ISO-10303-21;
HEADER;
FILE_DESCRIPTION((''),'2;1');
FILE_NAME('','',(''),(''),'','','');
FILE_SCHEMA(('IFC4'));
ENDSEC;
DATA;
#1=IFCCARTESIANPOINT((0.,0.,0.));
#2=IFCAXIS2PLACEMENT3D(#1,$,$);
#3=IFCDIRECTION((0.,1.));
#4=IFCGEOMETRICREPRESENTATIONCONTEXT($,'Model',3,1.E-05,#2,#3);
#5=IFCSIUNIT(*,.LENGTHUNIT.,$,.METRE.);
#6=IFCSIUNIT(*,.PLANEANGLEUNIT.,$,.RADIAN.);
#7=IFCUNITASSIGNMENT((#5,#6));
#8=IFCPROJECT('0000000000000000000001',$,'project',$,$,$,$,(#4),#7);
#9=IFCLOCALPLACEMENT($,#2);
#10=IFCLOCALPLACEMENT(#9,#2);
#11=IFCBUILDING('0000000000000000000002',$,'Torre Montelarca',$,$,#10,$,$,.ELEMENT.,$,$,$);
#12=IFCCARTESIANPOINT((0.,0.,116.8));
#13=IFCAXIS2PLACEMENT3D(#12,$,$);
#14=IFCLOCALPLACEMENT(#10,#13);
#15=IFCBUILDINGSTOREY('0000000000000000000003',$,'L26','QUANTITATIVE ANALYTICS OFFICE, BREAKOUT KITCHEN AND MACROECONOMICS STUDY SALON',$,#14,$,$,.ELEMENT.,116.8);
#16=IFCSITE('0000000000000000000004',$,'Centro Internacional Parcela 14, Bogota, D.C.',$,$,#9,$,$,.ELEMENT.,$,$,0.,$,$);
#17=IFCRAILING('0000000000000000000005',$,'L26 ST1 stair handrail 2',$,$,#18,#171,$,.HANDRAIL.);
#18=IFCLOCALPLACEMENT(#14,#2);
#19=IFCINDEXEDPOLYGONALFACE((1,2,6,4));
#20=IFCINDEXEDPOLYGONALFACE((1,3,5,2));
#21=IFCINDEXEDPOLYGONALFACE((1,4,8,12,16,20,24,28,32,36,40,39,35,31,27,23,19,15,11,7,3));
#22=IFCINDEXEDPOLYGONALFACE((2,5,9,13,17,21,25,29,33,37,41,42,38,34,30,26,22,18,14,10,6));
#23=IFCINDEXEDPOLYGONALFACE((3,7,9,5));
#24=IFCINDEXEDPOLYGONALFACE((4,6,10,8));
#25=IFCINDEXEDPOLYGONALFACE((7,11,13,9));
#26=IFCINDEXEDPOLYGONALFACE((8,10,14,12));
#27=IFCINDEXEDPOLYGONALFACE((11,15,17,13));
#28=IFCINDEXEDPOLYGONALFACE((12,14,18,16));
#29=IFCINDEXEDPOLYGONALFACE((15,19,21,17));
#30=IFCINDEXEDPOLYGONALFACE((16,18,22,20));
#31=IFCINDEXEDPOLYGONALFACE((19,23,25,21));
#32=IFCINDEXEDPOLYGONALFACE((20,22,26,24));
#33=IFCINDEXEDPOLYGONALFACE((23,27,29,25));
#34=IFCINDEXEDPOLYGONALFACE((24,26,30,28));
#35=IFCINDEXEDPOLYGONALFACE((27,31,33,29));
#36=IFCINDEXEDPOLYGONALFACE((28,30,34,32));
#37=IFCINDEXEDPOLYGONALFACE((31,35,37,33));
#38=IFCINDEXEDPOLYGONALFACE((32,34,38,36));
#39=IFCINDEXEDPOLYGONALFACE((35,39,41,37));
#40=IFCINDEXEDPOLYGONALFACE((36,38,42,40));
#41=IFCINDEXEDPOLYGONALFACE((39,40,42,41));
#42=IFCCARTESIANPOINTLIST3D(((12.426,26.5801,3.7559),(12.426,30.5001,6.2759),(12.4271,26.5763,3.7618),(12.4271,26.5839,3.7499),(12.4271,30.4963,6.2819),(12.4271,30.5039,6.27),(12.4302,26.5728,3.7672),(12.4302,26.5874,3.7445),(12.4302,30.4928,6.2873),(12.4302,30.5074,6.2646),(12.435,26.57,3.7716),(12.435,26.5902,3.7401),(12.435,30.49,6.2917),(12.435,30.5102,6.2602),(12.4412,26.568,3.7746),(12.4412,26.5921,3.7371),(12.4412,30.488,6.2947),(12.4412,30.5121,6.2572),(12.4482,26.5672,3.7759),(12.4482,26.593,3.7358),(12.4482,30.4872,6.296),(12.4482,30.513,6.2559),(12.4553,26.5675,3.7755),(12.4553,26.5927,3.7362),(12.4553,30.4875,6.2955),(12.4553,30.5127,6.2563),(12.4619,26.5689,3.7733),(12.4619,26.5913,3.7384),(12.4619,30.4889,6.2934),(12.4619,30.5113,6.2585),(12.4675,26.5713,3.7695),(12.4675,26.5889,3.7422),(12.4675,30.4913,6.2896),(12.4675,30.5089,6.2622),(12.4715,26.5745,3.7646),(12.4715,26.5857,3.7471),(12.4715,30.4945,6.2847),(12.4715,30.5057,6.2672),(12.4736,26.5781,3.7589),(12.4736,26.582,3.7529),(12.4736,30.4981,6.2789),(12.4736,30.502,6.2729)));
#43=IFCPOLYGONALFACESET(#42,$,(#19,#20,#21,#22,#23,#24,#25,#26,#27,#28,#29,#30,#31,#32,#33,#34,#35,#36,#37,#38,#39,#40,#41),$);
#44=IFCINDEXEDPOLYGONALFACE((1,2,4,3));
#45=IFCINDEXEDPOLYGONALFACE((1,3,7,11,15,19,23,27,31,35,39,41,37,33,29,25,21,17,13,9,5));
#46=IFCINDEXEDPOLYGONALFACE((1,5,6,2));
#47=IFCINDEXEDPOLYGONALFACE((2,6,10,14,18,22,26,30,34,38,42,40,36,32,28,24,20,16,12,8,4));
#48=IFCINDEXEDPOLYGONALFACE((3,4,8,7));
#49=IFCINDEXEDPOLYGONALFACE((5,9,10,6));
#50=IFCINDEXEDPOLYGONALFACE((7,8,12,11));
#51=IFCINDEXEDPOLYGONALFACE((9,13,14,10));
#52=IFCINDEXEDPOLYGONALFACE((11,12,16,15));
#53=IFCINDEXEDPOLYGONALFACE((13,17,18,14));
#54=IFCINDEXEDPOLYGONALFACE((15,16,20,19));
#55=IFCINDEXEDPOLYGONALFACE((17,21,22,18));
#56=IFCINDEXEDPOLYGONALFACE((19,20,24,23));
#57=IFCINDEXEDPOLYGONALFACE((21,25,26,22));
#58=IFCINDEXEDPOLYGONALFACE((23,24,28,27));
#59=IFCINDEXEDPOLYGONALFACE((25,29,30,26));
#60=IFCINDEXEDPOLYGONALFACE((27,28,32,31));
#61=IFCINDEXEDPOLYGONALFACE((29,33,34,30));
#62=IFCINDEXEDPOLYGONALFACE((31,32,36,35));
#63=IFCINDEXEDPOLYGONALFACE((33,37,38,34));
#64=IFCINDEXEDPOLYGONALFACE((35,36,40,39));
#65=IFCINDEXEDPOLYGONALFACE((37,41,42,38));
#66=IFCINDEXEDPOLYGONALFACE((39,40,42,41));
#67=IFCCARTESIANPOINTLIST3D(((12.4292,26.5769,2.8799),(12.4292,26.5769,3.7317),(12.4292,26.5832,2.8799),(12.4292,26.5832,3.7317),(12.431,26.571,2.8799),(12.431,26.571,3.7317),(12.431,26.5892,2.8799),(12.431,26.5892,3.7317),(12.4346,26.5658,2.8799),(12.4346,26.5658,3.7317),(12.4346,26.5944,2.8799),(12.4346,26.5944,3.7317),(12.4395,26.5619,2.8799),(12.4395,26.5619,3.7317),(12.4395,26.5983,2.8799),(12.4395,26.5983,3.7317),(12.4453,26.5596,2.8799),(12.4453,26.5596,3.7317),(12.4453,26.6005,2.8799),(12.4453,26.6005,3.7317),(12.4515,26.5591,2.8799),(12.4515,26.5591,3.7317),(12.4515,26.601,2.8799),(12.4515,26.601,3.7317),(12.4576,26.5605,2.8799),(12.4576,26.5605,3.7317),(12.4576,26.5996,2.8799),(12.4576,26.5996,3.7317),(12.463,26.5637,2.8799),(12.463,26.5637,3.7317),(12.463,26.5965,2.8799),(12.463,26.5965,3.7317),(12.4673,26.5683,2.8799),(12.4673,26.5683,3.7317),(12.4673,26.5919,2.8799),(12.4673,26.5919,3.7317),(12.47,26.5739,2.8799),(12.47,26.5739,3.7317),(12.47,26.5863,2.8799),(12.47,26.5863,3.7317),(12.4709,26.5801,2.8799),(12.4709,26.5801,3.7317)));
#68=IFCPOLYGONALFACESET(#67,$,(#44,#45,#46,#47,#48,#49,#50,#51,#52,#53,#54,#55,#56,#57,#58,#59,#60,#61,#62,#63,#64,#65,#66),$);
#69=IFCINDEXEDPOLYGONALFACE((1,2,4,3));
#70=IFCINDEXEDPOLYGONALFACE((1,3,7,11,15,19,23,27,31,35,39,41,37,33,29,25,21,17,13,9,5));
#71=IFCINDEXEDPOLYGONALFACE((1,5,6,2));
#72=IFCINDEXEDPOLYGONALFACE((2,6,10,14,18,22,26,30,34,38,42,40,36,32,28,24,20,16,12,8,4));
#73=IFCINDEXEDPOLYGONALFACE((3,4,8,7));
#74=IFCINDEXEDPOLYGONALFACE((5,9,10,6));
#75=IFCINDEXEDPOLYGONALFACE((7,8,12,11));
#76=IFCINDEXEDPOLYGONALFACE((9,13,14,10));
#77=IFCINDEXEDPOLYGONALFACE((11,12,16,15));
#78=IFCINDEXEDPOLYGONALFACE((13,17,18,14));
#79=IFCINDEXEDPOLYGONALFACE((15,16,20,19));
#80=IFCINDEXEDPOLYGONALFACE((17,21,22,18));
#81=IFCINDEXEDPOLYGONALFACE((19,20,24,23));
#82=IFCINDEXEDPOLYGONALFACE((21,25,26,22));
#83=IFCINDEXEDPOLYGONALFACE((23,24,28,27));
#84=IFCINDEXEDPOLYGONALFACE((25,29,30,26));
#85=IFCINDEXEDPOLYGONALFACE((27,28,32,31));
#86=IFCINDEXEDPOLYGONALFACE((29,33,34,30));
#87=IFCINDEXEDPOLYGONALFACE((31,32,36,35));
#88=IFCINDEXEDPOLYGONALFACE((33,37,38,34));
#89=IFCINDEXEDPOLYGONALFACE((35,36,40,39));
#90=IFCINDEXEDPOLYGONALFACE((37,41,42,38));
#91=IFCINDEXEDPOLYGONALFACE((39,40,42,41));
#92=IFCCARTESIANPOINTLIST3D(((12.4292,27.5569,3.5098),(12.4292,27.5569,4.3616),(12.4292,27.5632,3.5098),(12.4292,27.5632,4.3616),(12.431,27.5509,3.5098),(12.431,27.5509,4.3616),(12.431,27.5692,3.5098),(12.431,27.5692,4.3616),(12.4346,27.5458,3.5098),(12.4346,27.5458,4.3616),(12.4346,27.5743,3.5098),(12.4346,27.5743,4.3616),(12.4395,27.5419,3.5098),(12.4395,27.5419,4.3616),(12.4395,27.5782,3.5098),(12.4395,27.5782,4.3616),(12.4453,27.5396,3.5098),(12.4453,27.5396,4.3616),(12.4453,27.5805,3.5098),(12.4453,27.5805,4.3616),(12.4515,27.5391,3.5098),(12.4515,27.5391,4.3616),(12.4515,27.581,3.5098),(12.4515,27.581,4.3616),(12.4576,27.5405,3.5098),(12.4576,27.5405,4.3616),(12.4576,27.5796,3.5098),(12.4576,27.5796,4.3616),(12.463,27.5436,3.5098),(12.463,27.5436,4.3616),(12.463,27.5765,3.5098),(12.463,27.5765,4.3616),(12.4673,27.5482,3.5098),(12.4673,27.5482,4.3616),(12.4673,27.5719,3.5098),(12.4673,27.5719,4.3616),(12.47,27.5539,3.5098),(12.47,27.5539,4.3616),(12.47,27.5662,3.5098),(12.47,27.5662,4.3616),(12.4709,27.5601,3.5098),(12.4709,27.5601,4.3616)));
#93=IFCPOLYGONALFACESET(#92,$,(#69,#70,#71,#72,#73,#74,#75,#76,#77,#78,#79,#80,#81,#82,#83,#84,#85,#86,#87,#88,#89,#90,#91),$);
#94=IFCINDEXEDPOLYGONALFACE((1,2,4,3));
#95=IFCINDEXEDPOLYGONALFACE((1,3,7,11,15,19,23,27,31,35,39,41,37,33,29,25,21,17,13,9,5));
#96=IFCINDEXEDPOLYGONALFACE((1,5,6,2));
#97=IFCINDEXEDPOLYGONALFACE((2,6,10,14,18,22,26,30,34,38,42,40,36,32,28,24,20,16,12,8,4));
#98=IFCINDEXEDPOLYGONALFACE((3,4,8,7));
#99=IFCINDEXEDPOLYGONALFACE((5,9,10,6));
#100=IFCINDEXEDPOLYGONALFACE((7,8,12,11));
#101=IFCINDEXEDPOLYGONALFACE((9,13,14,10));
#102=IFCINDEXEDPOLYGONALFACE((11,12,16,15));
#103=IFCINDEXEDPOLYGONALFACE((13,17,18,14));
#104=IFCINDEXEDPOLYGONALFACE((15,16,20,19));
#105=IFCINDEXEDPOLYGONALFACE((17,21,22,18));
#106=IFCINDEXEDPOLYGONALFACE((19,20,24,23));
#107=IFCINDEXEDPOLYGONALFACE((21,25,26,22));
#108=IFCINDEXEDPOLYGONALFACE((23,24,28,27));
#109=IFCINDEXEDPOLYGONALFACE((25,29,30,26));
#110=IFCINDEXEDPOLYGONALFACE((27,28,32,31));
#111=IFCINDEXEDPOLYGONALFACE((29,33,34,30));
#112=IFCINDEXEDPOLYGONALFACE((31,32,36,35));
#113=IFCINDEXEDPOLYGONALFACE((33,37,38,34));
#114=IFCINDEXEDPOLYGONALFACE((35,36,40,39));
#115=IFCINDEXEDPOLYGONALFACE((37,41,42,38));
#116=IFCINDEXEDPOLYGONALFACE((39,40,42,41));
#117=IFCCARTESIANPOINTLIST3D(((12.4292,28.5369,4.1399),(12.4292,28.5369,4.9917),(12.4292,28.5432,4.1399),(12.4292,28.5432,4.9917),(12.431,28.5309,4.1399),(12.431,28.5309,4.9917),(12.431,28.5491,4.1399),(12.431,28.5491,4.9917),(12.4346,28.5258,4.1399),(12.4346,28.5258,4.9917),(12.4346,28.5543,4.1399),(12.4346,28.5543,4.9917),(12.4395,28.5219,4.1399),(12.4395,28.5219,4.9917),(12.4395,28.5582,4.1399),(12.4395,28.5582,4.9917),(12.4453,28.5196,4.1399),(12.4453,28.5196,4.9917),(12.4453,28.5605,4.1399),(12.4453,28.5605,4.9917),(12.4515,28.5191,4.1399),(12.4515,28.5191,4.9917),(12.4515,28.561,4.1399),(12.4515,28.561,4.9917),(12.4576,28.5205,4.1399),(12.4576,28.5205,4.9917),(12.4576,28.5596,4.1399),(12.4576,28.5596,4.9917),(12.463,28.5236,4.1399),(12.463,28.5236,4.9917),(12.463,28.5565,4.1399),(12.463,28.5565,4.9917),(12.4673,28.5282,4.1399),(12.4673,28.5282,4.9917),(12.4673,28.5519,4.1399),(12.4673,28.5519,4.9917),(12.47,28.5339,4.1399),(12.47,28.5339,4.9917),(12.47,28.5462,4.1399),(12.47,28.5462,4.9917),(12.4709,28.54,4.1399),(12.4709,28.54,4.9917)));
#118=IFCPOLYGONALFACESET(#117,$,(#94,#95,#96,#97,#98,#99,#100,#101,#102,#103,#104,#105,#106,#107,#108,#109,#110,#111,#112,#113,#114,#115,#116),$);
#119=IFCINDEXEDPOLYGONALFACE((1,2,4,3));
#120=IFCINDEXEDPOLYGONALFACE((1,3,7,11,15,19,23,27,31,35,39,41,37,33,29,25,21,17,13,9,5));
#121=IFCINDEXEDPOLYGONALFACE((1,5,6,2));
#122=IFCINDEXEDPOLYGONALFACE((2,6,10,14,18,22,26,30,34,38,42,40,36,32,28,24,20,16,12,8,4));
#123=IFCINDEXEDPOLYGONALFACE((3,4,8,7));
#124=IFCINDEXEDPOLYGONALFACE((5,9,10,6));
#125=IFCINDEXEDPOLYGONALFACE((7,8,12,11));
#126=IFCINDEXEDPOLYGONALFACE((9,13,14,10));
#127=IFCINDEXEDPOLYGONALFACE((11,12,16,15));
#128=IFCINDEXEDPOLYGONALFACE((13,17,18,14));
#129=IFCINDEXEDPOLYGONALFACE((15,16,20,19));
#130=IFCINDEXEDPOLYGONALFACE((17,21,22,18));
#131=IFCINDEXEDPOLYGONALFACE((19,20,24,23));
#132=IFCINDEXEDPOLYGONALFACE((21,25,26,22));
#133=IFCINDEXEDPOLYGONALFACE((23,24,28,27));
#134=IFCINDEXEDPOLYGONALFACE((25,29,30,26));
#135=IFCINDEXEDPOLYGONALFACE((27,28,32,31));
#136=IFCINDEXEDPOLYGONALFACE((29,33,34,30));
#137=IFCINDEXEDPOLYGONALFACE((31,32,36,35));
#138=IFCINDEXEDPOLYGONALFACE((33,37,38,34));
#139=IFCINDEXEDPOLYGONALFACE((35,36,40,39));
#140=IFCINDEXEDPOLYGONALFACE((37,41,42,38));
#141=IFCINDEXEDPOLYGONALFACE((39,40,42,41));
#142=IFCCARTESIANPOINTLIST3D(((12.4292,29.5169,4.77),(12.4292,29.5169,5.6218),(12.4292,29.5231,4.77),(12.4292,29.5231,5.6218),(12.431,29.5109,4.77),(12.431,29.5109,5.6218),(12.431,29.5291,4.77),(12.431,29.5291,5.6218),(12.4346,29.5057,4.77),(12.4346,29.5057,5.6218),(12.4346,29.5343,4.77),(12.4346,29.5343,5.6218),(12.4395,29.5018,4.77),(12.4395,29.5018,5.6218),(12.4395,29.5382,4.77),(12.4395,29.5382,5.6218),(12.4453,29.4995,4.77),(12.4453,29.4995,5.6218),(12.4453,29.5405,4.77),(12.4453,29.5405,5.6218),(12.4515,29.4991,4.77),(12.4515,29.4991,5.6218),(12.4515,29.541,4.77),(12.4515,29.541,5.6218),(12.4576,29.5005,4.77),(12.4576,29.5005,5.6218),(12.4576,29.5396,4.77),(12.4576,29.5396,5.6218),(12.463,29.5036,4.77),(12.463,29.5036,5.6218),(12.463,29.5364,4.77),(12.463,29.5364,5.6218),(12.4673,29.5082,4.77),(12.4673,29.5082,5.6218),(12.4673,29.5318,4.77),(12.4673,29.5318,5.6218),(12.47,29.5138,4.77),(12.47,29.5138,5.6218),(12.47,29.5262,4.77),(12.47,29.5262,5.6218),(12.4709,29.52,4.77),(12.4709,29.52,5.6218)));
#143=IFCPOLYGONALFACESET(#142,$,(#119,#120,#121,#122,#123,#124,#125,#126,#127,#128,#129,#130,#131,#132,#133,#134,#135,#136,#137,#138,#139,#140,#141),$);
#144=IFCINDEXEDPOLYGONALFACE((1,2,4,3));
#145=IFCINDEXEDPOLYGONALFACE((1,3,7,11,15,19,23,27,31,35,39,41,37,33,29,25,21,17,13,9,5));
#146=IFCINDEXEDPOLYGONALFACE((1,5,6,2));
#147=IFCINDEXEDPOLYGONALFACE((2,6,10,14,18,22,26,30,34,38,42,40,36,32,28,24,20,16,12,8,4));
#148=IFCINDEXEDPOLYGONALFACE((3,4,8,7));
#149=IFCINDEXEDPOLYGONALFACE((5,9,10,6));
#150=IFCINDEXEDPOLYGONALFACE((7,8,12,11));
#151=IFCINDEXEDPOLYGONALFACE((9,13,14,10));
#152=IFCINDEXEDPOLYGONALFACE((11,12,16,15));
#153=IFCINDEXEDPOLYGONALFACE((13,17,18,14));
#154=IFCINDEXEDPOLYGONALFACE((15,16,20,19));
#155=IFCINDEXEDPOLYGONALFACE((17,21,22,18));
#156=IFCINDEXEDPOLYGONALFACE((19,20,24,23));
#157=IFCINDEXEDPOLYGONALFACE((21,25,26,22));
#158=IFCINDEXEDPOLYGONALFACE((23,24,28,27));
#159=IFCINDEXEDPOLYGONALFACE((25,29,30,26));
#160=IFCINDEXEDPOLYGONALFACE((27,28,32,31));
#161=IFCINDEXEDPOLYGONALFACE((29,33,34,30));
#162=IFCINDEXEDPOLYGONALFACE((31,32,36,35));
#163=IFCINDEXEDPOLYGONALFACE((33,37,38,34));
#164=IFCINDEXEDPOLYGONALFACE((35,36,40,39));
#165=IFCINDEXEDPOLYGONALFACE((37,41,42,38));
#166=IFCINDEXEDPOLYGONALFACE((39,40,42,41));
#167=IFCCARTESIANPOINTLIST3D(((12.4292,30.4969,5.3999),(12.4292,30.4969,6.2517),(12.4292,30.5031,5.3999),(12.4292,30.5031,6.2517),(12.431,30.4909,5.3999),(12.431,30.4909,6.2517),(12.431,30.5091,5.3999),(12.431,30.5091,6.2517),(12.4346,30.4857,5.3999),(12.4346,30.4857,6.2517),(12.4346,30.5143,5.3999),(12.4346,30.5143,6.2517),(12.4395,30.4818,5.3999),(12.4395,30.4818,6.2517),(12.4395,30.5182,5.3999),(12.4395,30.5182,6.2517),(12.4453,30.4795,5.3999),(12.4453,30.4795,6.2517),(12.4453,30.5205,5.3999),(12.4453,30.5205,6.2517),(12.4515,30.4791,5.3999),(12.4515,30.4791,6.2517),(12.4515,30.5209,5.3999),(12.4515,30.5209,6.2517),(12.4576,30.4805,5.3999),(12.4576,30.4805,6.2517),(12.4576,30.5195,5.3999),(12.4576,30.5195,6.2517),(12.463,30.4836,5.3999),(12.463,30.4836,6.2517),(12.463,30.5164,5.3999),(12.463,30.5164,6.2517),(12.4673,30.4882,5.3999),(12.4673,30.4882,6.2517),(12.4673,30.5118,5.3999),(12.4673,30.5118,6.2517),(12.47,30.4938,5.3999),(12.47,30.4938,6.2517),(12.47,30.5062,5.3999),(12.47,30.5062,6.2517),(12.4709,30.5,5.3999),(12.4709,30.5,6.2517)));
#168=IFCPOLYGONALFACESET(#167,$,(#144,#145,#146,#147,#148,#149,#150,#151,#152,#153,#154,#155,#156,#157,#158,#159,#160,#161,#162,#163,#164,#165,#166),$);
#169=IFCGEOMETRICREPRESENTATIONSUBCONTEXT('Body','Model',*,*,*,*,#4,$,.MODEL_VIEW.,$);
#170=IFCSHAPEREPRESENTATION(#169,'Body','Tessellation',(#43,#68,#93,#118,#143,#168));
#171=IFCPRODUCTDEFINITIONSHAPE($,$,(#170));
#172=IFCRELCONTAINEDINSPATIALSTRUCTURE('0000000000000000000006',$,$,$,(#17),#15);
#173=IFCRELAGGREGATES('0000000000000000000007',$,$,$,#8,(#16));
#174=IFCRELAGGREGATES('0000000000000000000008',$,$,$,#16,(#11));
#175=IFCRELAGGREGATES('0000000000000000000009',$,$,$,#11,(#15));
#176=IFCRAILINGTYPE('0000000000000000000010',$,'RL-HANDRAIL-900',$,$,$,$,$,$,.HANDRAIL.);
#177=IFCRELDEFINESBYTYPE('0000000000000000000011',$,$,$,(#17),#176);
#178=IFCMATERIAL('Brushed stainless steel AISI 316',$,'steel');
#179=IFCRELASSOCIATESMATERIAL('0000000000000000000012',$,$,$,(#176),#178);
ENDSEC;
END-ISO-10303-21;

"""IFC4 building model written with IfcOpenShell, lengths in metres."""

from ifc_helpers import new_model, si_unit, direction, frame, origin, origin_2d, place, context, subcontext, project, spatial, circle, extrude, material, type_object, element, save


model = new_model("IFC4")

# Units and contexts
model_context = context("Model", 3, precision=1e-05, world=origin(), true_north=direction((0.0, 1.0)))
body_context = subcontext(model_context, "Body", "Model", "MODEL_VIEW")
ifc_project = project(units=[si_unit("LENGTHUNIT", "METRE"), si_unit("PLANEANGLEUNIT", "RADIAN")], contexts=[model_context])

# Site, building, storey
site_placement = place(None, origin())
site = spatial("IfcSite", under=ifc_project, at=site_placement, Name="Centro Internacional Parcela 14, Bogota, D.C.", CompositionType="ELEMENT", RefElevation=0.0)
building_placement = place(site_placement, origin())
building = spatial("IfcBuilding", under=site, at=building_placement, Name="Torre Montelarca", CompositionType="ELEMENT")
storey_placement = place(building_placement, frame((0.0, 0.0, 116.8)))
storey = spatial("IfcBuildingStorey", under=building, at=storey_placement, Name="L26", Description="QUANTITATIVE ANALYTICS OFFICE, BREAKOUT KITCHEN AND MACROECONOMICS STUDY SALON", CompositionType="ELEMENT", Elevation=116.8)

# Shared definitions
ifc_material_1 = material(Name="Brushed stainless steel AISI 316", Category="steel")

# Railing
railing_type_1 = type_object("IfcRailingType", Name="RL-HANDRAIL-900", PredefinedType="HANDRAIL", material=ifc_material_1)
railing_1_placement = place(storey_placement, frame((12.45, 26.5801, 2.8799)))
element("IfcRailing", 1, at=railing_1_placement, inside=storey, type_object=railing_type_1, Name="L26 ST1 stair handrail 2", PredefinedType="HANDRAIL", context=body_context, shape_type="SweptSolid", body=[
    extrude(circle(Radius=0.0239, at=origin_2d()), frame((0.0, 0.0, 0.876), z_axis=(0.0, 0.841172, 0.540768), x_axis=(-1.0, 0.0, 0.0)), (0.0, 0.0, 1.0), 4.6602),
    extrude(circle(Radius=0.021, at=origin_2d()), origin(), (0.0, 0.0, 1.0), 0.8518),
    extrude(circle(Radius=0.021, at=origin_2d()), frame((0.0, 0.98, 0.6299)), (0.0, 0.0, 1.0), 0.8518),
    extrude(circle(Radius=0.021, at=origin_2d()), frame((0.0, 1.96, 1.26)), (0.0, 0.0, 1.0), 0.8518),
    extrude(circle(Radius=0.021, at=origin_2d()), frame((0.0, 2.9399, 1.8901)), (0.0, 0.0, 1.0), 0.8518),
    extrude(circle(Radius=0.021, at=origin_2d()), frame((0.0, 3.9199, 2.52)), (0.0, 0.0, 1.0), 0.8518),
])

save(model, "model.ifc")
